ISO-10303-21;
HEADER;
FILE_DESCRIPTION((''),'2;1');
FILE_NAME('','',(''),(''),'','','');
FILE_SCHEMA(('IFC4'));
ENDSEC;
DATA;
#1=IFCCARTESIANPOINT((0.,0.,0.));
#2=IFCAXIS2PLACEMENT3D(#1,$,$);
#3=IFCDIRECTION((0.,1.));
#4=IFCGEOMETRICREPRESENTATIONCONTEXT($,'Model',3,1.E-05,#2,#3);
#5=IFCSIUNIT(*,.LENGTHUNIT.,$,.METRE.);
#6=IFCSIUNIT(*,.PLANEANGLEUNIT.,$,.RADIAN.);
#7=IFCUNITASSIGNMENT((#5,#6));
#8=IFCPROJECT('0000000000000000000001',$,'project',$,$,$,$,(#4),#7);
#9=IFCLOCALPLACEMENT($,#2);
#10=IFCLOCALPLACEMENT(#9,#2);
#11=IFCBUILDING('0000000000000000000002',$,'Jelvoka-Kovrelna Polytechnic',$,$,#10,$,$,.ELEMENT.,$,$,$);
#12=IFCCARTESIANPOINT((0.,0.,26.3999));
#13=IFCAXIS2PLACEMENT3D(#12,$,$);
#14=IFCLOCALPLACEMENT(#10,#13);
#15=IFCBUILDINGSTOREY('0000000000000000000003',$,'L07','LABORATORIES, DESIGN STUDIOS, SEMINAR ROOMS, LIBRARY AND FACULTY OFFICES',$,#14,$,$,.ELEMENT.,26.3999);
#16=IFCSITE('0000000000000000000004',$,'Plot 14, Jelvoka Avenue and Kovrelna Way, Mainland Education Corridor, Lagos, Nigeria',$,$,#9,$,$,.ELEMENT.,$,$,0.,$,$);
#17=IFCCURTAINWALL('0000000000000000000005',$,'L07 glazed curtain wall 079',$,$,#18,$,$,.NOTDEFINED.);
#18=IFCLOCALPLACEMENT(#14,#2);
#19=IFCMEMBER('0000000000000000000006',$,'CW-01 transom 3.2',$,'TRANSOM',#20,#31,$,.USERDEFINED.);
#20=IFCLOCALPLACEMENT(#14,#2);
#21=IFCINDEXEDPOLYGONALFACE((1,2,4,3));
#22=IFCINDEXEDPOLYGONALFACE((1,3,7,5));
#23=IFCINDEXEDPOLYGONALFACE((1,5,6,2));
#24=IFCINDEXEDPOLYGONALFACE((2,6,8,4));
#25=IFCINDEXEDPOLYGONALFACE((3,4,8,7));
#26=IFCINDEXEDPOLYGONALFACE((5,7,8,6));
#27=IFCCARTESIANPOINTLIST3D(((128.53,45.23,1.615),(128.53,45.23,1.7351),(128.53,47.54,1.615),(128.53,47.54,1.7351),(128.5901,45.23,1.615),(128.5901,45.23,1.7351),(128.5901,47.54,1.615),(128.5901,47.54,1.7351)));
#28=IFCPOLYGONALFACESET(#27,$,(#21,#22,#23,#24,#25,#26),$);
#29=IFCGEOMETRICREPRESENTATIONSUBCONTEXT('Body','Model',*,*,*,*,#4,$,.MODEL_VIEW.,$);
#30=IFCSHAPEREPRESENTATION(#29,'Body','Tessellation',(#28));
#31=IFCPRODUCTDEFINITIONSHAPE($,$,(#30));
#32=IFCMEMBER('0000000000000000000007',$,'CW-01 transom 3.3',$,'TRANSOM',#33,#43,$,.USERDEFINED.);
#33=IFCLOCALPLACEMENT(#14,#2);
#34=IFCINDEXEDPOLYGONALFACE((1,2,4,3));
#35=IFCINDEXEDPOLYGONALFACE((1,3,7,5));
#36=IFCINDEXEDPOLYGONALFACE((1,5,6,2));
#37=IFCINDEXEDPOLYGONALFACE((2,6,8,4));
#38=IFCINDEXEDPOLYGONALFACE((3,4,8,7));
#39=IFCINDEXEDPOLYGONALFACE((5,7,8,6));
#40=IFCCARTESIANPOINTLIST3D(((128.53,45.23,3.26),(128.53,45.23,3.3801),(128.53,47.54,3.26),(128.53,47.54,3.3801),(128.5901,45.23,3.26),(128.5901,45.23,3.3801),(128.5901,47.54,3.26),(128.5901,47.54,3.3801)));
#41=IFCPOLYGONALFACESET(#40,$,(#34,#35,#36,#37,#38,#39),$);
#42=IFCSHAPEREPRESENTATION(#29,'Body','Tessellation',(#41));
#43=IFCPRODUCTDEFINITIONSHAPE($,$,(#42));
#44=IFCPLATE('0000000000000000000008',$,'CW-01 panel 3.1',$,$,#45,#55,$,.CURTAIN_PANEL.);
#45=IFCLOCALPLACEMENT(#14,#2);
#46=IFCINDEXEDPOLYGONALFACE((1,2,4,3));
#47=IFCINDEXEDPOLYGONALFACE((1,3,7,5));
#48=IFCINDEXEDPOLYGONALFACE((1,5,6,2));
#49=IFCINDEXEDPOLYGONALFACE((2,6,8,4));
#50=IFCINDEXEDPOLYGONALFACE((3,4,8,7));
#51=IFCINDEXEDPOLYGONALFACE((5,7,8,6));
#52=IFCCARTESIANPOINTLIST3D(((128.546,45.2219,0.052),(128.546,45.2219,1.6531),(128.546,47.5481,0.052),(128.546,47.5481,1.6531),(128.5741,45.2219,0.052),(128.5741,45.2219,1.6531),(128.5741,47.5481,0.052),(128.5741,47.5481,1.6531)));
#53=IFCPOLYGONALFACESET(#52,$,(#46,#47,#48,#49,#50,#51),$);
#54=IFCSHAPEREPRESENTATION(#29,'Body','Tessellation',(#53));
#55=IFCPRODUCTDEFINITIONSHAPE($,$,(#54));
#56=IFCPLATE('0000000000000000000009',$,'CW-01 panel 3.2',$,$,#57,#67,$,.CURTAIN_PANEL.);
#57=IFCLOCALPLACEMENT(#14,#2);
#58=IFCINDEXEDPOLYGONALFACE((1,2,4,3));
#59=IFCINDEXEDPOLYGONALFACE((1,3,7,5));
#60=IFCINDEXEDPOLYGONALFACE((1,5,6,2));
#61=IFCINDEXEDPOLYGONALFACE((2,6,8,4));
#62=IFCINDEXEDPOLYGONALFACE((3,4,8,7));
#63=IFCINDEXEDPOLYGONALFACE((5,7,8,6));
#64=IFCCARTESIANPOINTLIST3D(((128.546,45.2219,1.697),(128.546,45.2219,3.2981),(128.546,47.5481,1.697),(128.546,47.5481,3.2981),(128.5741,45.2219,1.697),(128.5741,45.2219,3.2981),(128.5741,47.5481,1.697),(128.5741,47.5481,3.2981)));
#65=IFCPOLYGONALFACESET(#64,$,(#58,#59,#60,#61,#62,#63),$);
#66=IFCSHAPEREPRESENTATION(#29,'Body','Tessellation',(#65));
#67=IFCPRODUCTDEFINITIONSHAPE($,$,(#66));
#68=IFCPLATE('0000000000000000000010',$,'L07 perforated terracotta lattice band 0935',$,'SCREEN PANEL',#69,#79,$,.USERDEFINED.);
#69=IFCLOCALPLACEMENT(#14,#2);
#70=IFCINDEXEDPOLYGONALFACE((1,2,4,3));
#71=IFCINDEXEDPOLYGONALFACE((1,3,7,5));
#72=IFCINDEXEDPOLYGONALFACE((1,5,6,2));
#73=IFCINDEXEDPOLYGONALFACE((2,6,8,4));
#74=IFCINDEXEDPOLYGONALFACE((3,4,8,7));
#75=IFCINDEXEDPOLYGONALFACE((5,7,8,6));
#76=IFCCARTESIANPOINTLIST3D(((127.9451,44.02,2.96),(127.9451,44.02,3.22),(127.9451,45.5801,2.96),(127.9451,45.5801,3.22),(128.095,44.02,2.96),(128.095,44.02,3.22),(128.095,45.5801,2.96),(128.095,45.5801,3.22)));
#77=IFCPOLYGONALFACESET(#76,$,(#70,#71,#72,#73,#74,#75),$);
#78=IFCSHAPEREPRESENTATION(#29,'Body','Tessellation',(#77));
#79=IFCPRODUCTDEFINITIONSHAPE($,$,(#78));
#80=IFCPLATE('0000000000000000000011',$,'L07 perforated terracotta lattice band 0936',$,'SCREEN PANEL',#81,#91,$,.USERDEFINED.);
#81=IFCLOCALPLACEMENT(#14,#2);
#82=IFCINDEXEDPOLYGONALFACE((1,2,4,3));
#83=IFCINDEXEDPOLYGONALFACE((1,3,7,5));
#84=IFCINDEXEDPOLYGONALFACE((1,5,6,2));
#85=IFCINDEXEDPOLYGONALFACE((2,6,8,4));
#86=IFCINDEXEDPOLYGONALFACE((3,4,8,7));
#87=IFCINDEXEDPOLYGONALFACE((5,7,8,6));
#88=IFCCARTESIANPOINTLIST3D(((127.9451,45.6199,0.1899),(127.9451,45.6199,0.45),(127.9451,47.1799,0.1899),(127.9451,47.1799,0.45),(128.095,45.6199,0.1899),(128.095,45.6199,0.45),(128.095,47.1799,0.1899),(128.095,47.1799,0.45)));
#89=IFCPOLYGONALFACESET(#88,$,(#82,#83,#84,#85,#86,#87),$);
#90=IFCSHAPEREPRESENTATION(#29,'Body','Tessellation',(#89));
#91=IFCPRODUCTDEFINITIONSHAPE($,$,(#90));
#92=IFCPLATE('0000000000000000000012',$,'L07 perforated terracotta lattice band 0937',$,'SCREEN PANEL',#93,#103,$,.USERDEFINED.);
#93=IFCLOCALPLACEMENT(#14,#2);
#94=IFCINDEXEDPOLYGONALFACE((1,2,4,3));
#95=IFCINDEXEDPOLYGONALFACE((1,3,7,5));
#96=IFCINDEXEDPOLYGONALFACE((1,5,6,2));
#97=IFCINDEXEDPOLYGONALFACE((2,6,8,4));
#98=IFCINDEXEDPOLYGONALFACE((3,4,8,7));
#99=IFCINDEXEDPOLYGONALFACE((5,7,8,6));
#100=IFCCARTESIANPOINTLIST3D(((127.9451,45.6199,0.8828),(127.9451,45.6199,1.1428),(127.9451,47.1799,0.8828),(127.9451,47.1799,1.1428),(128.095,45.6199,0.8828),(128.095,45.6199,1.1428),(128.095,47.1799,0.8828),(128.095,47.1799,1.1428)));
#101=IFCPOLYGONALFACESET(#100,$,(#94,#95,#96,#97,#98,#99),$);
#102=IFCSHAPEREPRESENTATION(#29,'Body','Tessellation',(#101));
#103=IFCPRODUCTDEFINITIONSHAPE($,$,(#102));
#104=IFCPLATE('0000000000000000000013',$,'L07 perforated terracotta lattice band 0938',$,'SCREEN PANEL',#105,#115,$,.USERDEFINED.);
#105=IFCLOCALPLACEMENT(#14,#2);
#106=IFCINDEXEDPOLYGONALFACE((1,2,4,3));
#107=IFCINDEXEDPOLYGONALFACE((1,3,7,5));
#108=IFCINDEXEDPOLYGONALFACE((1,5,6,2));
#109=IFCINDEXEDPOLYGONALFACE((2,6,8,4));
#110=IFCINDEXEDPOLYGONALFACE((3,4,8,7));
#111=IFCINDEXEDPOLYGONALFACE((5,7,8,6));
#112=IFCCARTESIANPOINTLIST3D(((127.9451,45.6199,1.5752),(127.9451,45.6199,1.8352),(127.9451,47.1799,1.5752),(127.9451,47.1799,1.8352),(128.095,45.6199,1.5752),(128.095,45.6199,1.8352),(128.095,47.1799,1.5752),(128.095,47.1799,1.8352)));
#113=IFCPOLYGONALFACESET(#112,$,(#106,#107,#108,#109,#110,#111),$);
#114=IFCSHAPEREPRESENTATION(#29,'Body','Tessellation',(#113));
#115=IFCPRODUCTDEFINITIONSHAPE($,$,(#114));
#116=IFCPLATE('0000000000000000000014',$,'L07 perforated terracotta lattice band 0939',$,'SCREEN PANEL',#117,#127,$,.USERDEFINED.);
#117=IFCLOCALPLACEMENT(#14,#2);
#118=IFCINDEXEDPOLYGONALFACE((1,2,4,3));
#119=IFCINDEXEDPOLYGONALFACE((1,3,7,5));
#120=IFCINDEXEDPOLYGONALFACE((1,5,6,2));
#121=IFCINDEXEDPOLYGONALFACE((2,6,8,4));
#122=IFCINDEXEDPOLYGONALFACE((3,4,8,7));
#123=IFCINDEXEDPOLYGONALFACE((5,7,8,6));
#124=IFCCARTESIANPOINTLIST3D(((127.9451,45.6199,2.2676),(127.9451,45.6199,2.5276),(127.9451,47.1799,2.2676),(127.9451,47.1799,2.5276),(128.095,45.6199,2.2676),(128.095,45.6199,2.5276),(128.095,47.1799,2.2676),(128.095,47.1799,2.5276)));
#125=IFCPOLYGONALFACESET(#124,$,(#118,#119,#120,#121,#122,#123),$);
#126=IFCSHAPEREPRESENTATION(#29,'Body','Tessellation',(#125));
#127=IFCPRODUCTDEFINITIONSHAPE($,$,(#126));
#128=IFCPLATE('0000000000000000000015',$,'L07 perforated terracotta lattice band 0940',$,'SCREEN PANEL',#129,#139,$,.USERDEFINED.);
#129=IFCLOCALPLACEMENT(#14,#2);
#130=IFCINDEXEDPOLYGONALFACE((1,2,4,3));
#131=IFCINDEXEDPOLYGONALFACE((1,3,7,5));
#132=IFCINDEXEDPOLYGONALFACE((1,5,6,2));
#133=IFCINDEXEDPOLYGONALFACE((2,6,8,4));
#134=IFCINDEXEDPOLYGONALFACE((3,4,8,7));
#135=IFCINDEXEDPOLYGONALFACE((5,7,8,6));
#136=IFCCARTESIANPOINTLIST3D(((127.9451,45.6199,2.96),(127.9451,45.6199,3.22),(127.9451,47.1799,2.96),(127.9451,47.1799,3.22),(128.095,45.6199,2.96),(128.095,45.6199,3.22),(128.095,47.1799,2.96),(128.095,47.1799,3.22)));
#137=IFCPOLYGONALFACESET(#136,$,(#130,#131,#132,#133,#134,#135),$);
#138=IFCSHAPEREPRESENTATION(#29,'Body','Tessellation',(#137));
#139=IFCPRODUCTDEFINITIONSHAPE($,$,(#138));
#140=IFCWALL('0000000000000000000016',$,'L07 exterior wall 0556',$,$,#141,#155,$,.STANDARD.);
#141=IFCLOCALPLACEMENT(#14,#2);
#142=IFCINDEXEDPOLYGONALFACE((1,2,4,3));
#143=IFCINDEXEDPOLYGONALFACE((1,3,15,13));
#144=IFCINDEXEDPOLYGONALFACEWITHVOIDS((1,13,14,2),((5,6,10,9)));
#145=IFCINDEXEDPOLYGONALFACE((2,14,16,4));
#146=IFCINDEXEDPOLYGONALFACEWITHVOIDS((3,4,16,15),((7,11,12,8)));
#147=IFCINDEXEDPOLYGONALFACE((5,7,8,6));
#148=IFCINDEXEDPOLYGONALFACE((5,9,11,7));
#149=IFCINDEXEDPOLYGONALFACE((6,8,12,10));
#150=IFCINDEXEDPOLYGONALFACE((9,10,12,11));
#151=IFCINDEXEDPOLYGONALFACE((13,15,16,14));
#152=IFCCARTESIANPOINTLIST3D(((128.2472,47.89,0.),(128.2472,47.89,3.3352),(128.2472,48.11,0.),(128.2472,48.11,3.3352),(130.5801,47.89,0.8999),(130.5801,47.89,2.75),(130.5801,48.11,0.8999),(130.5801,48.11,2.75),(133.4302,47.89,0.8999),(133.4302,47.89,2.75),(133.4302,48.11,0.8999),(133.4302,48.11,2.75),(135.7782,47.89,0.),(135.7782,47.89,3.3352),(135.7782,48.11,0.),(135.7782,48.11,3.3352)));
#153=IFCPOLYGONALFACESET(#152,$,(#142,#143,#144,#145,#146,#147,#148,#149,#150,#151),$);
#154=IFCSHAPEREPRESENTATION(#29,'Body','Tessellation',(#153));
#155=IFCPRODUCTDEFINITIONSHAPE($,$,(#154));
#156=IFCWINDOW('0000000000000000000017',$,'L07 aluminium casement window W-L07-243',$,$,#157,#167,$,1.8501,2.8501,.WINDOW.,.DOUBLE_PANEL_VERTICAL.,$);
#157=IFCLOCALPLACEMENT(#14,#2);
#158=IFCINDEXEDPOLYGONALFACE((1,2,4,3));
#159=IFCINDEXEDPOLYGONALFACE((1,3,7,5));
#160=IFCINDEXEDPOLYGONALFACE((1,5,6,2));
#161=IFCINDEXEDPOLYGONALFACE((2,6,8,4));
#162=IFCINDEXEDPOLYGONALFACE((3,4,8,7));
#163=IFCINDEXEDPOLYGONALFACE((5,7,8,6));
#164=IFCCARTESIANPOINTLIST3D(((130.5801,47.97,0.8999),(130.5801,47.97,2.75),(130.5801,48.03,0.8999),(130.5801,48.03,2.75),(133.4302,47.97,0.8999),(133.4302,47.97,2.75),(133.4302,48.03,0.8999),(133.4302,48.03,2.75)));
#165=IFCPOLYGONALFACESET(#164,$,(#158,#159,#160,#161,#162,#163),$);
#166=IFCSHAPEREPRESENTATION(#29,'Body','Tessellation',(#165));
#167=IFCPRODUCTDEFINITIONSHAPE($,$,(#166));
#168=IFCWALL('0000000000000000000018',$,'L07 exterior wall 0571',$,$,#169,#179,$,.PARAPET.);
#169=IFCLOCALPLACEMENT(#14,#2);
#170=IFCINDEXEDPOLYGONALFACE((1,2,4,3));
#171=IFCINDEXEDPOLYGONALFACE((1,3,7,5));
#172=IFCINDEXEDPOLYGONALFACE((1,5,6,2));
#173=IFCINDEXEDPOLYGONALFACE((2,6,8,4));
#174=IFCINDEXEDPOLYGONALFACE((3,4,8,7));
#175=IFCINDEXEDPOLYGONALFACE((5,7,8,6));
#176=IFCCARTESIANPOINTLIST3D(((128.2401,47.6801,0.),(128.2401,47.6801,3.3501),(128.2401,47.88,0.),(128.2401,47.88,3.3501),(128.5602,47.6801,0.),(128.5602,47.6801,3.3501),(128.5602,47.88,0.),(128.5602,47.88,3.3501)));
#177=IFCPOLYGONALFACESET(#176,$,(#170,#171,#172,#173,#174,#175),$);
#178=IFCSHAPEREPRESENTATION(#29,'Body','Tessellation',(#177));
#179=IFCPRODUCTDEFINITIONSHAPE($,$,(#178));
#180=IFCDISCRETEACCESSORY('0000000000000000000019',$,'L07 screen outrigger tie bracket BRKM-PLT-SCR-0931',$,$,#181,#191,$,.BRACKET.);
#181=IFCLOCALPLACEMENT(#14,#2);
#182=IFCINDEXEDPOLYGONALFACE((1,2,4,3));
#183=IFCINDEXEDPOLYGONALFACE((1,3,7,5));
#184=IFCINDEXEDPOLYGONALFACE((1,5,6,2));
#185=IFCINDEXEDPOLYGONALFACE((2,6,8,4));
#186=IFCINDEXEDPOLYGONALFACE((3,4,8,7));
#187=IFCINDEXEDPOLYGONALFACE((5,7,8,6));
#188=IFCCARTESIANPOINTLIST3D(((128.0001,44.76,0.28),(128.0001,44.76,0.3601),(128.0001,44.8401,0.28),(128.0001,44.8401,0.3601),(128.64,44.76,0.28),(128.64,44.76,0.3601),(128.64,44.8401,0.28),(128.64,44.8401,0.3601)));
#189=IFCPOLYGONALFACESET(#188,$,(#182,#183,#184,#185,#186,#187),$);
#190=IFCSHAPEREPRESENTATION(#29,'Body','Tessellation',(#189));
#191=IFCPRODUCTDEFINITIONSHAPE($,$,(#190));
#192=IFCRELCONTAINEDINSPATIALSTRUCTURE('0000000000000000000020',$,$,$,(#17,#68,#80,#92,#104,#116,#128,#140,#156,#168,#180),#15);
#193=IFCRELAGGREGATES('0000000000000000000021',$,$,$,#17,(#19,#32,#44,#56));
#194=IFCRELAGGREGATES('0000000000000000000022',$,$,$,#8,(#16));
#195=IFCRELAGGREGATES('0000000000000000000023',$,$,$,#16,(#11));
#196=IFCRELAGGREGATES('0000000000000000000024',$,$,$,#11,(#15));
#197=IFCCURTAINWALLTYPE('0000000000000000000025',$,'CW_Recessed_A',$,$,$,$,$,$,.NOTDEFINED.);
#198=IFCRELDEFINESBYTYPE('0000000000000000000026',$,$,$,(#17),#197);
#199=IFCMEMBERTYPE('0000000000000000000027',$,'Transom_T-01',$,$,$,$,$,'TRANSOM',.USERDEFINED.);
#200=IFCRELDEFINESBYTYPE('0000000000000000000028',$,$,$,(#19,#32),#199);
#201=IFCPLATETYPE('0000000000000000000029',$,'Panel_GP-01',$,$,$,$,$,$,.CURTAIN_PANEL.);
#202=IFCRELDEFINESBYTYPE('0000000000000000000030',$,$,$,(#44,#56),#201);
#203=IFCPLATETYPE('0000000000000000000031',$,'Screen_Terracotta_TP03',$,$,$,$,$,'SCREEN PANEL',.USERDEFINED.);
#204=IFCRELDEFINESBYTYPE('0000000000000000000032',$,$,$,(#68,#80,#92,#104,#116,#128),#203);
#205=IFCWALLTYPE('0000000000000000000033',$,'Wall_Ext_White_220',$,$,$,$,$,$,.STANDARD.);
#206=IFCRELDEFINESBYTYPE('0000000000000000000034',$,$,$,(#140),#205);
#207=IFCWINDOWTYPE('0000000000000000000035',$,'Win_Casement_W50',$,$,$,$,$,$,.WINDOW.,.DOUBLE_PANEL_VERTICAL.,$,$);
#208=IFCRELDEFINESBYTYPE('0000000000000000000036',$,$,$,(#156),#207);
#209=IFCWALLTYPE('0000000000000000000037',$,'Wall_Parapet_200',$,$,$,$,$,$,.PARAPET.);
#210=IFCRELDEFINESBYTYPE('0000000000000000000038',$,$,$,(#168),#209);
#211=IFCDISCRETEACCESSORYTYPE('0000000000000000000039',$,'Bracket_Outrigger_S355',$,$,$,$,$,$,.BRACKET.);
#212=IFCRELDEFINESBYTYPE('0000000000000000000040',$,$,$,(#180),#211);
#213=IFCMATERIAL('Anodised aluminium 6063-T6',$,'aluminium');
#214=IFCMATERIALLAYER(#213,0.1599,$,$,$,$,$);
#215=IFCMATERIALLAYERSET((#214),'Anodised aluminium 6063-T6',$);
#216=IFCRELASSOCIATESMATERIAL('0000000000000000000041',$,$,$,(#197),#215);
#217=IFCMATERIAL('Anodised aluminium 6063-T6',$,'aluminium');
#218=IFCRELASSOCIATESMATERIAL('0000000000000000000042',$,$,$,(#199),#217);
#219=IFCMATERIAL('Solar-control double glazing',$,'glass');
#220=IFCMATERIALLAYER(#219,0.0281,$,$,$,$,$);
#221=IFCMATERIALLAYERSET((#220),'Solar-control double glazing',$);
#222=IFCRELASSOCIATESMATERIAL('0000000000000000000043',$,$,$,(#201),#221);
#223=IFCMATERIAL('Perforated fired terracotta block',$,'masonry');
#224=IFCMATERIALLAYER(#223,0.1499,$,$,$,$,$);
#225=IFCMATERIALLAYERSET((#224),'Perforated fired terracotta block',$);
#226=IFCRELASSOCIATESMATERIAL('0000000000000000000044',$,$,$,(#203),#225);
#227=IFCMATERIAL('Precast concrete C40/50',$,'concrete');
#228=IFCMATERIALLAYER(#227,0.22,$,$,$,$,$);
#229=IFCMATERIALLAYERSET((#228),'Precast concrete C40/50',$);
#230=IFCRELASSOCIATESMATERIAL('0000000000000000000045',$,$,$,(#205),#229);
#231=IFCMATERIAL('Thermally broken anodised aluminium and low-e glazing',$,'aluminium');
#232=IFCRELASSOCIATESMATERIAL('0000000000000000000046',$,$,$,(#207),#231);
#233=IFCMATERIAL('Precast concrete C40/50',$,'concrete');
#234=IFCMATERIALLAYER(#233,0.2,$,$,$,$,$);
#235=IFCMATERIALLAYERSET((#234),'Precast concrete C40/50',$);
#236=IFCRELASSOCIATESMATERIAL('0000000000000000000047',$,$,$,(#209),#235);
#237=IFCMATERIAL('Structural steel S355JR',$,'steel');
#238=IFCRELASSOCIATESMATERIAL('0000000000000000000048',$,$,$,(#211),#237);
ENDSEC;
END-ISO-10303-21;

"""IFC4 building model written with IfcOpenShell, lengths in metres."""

from ifc_helpers import new_model, si_unit, direction, frame, frame_2d, origin, origin_2d, place, context, subcontext, project, spatial, rectangle, extrude, material, layer, layer_set, material_profile, profile_set, type_object, element, fill, aggregate, save


model = new_model("IFC4")

# Units and contexts
model_context = context("Model", 3, precision=1e-05, world=origin(), true_north=direction((0.0, 1.0)))
body_context = subcontext(model_context, "Body", "Model", "MODEL_VIEW")
ifc_project = project(units=[si_unit("LENGTHUNIT", "METRE"), si_unit("PLANEANGLEUNIT", "RADIAN")], contexts=[model_context])

# Site, building, storey
site_placement = place(None, origin())
site = spatial("IfcSite", under=ifc_project, at=site_placement, Name="Plot 14, Jelvoka Avenue and Kovrelna Way, Mainland Education Corridor, Lagos, Nigeria", CompositionType="ELEMENT", RefElevation=0.0)
building_placement = place(site_placement, origin())
building = spatial("IfcBuilding", under=site, at=building_placement, Name="Jelvoka-Kovrelna Polytechnic", CompositionType="ELEMENT")
storey_placement = place(building_placement, frame((0.0, 0.0, 26.3999)))
storey = spatial("IfcBuildingStorey", under=building, at=storey_placement, Name="L07", Description="LABORATORIES, DESIGN STUDIOS, SEMINAR ROOMS, LIBRARY AND FACULTY OFFICES", CompositionType="ELEMENT", Elevation=26.3999)

# Curtain wall
ifc_material_1 = material(Name="Anodised aluminium 6063-T6", Category="aluminium")
ifc_layer_1 = layer(ifc_material_1, 0.1599)
ifc_layer_set_1 = layer_set([ifc_layer_1], Name="Anodised aluminium 6063-T6")
curtain_wall_type = type_object("IfcCurtainWallType", Name="CW_Recessed_A", PredefinedType="NOTDEFINED", material=ifc_layer_set_1)
curtain_wall_placement = place(storey_placement, origin())
curtain_wall = element("IfcCurtainWall", 1, at=curtain_wall_placement, inside=storey, type_object=curtain_wall_type, Name="L07 glazed curtain wall 079", PredefinedType="NOTDEFINED")

# Members
ifc_material_2 = material(Name="Anodised aluminium 6063-T6", Category="aluminium")
ifc_material_profile_1 = material_profile(ifc_material_2, rectangle(XDim=0.0601, YDim=0.1201, at=origin_2d()), Name="ALU 60x120")
ifc_profile_set_1 = profile_set([ifc_material_profile_1], Name="Anodised aluminium 6063-T6")
member_type_1 = type_object("IfcMemberType", Name="Transom_T-01", ElementType="TRANSOM", PredefinedType="USERDEFINED", material=ifc_profile_set_1)
member_1_placement = place(storey_placement, frame((128.5601, 45.23, 1.675), z_axis=(0.0, 1.0, 0.0), x_axis=(-1.0, 0.0, 0.0)))
member_1 = element("IfcMember", 2, at=member_1_placement, type_object=member_type_1, Name="CW-01 transom 3.2", ObjectType="TRANSOM", PredefinedType="USERDEFINED", context=body_context, shape_type="SweptSolid", body=[
    extrude(rectangle(XDim=0.0601, YDim=0.1201, at=origin_2d()), origin(), (0.0, 0.0, 1.0), 2.3101),
])
member_2_placement = place(storey_placement, frame((128.5601, 45.23, 3.3201), z_axis=(0.0, 1.0, 0.0), x_axis=(-1.0, 0.0, 0.0)))
member_2 = element("IfcMember", 3, at=member_2_placement, type_object=member_type_1, Name="CW-01 transom 3.3", ObjectType="TRANSOM", PredefinedType="USERDEFINED", context=body_context, shape_type="SweptSolid", body=[
    extrude(rectangle(XDim=0.0601, YDim=0.1201, at=origin_2d()), origin(), (0.0, 0.0, 1.0), 2.3101),
])

# Plates
ifc_material_3 = material(Name="Solar-control double glazing", Category="glass")
ifc_layer_2 = layer(ifc_material_3, 0.0281)
ifc_layer_set_2 = layer_set([ifc_layer_2], Name="Solar-control double glazing")
plate_type_1 = type_object("IfcPlateType", Name="Panel_GP-01", PredefinedType="CURTAIN_PANEL", material=ifc_layer_set_2)
plate_1_placement = place(storey_placement, frame((128.5601, 46.385, 0.052), z_axis=(0.0, 0.0, 1.0), x_axis=(0.0, 1.0, 0.0)))
plate_1 = element("IfcPlate", 4, at=plate_1_placement, type_object=plate_type_1, Name="CW-01 panel 3.1", PredefinedType="CURTAIN_PANEL", context=body_context, shape_type="SweptSolid", body=[
    extrude(rectangle(XDim=2.3262, YDim=0.0281, at=origin_2d()), origin(), (0.0, 0.0, 1.0), 1.6011),
])
plate_2_placement = place(storey_placement, frame((128.5601, 46.385, 1.697), z_axis=(0.0, 0.0, 1.0), x_axis=(0.0, 1.0, 0.0)))
plate_2 = element("IfcPlate", 5, at=plate_2_placement, type_object=plate_type_1, Name="CW-01 panel 3.2", PredefinedType="CURTAIN_PANEL", context=body_context, shape_type="SweptSolid", body=[
    extrude(rectangle(XDim=2.3262, YDim=0.0281, at=origin_2d()), origin(), (0.0, 0.0, 1.0), 1.6011),
])
aggregate(curtain_wall, [member_1, member_2, plate_1, plate_2])

# Plates
ifc_material_4 = material(Name="Perforated fired terracotta block", Category="masonry")
ifc_layer_3 = layer(ifc_material_4, 0.1499)
ifc_layer_set_3 = layer_set([ifc_layer_3], Name="Perforated fired terracotta block")
plate_type_2 = type_object("IfcPlateType", Name="Screen_Terracotta_TP03", ElementType="SCREEN PANEL", PredefinedType="USERDEFINED", material=ifc_layer_set_3)
for number, where, z_axis, x_axis, name in (
    (6, (128.02, 44.8, 2.96), (0.0, 0.0, 1.0), (0.0, 1.0, 0.0), "L07 perforated terracotta lattice band 0935"),
    (7, (128.02, 46.3999, 0.1899), (0.0, 0.0, 1.0), (0.0, 1.0, 0.0), "L07 perforated terracotta lattice band 0936"),
    (8, (128.02, 46.3999, 0.8828), (0.0, 0.0, 1.0), (0.0, 1.0, 0.0), "L07 perforated terracotta lattice band 0937"),
    (9, (128.02, 46.3999, 1.5752), (0.0, 0.0, 1.0), (0.0, 1.0, 0.0), "L07 perforated terracotta lattice band 0938"),
    (10, (128.02, 46.3999, 2.2676), (0.0, 0.0, 1.0), (0.0, 1.0, 0.0), "L07 perforated terracotta lattice band 0939"),
    (11, (128.02, 46.3999, 2.96), (0.0, 0.0, 1.0), (0.0, 1.0, 0.0), "L07 perforated terracotta lattice band 0940"),
):
    element("IfcPlate", number, at=place(storey_placement, frame(where, z_axis=z_axis, x_axis=x_axis)), inside=storey, type_object=plate_type_2, Name=name, ObjectType="SCREEN PANEL", PredefinedType="USERDEFINED", context=body_context, shape_type="SweptSolid", body=[
        extrude(rectangle(XDim=1.5601, YDim=0.1499, at=origin_2d()), origin(), (0.0, 0.0, 1.0), 0.26),
    ])

# Wall, opening, window
ifc_material_5 = material(Name="Precast concrete C40/50", Category="concrete")
ifc_layer_4 = layer(ifc_material_5, 0.22)
ifc_layer_set_4 = layer_set([ifc_layer_4], Name="Precast concrete C40/50")
wall_type_1 = type_object("IfcWallType", Name="Wall_Ext_White_220", PredefinedType="STANDARD", material=ifc_layer_set_4)
wall_1_placement = place(storey_placement, frame((128.2471, 48.0, 0.0), z_axis=(0.0, 0.0, 1.0), x_axis=(1.0, 0.0, 0.0)))
wall_1 = element("IfcWall", 12, at=wall_1_placement, inside=storey, type_object=wall_type_1, Name="L07 exterior wall 0556", PredefinedType="STANDARD", context=body_context, shape_type="SweptSolid", body=[
    extrude(rectangle(XDim=7.531, YDim=0.22, at=frame_2d((3.7656, 0.0))), origin(), (0.0, 0.0, 1.0), 3.3352),
])
opening_placement = place(wall_1_placement, frame((2.333, 0.0, 0.8999)))
opening = element("IfcOpeningElement", 13, at=opening_placement, cuts=wall_1, PredefinedType="OPENING", context=body_context, shape_type="SweptSolid", body=[
    extrude(rectangle(XDim=2.8501, YDim=1.8501, at=frame_2d((1.425, 0.925))), frame((0.0, 0.1199, 0.0), z_axis=(0.0, -1.0, 0.0), x_axis=(1.0, 0.0, 0.0)), (0.0, 0.0, 1.0), 0.24),
])
ifc_material_6 = material(Name="Thermally broken anodised aluminium and low-e glazing", Category="aluminium")
window_type = type_object("IfcWindowType", Name="Win_Casement_W50", PartitioningType="DOUBLE_PANEL_VERTICAL", PredefinedType="WINDOW", material=ifc_material_6)
window_placement = place(opening_placement, origin())
window = element("IfcWindow", 14, at=window_placement, inside=storey, type_object=window_type, Name="L07 aluminium casement window W-L07-243", OverallHeight=1.8501, OverallWidth=2.8501, PartitioningType="DOUBLE_PANEL_VERTICAL", PredefinedType="WINDOW", context=body_context, shape_type="SweptSolid", body=[
    extrude(rectangle(XDim=2.8501, YDim=1.8501, at=frame_2d((1.425, 0.925))), frame((0.0, 0.03, 0.0), z_axis=(0.0, -1.0, 0.0), x_axis=(1.0, 0.0, 0.0)), (0.0, 0.0, 1.0), 0.0601),
])
fill(opening, window)

# Wall
ifc_material_7 = material(Name="Precast concrete C40/50", Category="concrete")
ifc_layer_5 = layer(ifc_material_7, 0.2)
ifc_layer_set_5 = layer_set([ifc_layer_5], Name="Precast concrete C40/50")
wall_type_2 = type_object("IfcWallType", Name="Wall_Parapet_200", PredefinedType="PARAPET", material=ifc_layer_set_5)
wall_2_placement = place(storey_placement, frame((128.24, 47.78, 0.0), z_axis=(0.0, 0.0, 1.0), x_axis=(1.0, 0.0, 0.0)))
element("IfcWall", 15, at=wall_2_placement, inside=storey, type_object=wall_type_2, Name="L07 exterior wall 0571", PredefinedType="PARAPET", context=body_context, shape_type="SweptSolid", body=[
    extrude(rectangle(XDim=0.3201, YDim=0.2, at=frame_2d((0.1602, 0.0))), origin(), (0.0, 0.0, 1.0), 3.3501),
])

# Discrete accessory
ifc_material_8 = material(Name="Structural steel S355JR", Category="steel")
discrete_accessory_type = type_object("IfcDiscreteAccessoryType", Name="Bracket_Outrigger_S355", PredefinedType="BRACKET", material=ifc_material_8)
discrete_accessory_1_placement = place(storey_placement, frame((128.3201, 44.8, 0.28), z_axis=(0.0, 0.0, 1.0), x_axis=(1.0, 0.0, 0.0)))
element("IfcDiscreteAccessory", 16, at=discrete_accessory_1_placement, inside=storey, type_object=discrete_accessory_type, Name="L07 screen outrigger tie bracket BRKM-PLT-SCR-0931", PredefinedType="BRACKET", context=body_context, shape_type="SweptSolid", body=[
    extrude(rectangle(XDim=0.6399, YDim=0.0801, at=origin_2d()), origin(), (0.0, 0.0, 1.0), 0.0801),
])

save(model, "model.ifc")
